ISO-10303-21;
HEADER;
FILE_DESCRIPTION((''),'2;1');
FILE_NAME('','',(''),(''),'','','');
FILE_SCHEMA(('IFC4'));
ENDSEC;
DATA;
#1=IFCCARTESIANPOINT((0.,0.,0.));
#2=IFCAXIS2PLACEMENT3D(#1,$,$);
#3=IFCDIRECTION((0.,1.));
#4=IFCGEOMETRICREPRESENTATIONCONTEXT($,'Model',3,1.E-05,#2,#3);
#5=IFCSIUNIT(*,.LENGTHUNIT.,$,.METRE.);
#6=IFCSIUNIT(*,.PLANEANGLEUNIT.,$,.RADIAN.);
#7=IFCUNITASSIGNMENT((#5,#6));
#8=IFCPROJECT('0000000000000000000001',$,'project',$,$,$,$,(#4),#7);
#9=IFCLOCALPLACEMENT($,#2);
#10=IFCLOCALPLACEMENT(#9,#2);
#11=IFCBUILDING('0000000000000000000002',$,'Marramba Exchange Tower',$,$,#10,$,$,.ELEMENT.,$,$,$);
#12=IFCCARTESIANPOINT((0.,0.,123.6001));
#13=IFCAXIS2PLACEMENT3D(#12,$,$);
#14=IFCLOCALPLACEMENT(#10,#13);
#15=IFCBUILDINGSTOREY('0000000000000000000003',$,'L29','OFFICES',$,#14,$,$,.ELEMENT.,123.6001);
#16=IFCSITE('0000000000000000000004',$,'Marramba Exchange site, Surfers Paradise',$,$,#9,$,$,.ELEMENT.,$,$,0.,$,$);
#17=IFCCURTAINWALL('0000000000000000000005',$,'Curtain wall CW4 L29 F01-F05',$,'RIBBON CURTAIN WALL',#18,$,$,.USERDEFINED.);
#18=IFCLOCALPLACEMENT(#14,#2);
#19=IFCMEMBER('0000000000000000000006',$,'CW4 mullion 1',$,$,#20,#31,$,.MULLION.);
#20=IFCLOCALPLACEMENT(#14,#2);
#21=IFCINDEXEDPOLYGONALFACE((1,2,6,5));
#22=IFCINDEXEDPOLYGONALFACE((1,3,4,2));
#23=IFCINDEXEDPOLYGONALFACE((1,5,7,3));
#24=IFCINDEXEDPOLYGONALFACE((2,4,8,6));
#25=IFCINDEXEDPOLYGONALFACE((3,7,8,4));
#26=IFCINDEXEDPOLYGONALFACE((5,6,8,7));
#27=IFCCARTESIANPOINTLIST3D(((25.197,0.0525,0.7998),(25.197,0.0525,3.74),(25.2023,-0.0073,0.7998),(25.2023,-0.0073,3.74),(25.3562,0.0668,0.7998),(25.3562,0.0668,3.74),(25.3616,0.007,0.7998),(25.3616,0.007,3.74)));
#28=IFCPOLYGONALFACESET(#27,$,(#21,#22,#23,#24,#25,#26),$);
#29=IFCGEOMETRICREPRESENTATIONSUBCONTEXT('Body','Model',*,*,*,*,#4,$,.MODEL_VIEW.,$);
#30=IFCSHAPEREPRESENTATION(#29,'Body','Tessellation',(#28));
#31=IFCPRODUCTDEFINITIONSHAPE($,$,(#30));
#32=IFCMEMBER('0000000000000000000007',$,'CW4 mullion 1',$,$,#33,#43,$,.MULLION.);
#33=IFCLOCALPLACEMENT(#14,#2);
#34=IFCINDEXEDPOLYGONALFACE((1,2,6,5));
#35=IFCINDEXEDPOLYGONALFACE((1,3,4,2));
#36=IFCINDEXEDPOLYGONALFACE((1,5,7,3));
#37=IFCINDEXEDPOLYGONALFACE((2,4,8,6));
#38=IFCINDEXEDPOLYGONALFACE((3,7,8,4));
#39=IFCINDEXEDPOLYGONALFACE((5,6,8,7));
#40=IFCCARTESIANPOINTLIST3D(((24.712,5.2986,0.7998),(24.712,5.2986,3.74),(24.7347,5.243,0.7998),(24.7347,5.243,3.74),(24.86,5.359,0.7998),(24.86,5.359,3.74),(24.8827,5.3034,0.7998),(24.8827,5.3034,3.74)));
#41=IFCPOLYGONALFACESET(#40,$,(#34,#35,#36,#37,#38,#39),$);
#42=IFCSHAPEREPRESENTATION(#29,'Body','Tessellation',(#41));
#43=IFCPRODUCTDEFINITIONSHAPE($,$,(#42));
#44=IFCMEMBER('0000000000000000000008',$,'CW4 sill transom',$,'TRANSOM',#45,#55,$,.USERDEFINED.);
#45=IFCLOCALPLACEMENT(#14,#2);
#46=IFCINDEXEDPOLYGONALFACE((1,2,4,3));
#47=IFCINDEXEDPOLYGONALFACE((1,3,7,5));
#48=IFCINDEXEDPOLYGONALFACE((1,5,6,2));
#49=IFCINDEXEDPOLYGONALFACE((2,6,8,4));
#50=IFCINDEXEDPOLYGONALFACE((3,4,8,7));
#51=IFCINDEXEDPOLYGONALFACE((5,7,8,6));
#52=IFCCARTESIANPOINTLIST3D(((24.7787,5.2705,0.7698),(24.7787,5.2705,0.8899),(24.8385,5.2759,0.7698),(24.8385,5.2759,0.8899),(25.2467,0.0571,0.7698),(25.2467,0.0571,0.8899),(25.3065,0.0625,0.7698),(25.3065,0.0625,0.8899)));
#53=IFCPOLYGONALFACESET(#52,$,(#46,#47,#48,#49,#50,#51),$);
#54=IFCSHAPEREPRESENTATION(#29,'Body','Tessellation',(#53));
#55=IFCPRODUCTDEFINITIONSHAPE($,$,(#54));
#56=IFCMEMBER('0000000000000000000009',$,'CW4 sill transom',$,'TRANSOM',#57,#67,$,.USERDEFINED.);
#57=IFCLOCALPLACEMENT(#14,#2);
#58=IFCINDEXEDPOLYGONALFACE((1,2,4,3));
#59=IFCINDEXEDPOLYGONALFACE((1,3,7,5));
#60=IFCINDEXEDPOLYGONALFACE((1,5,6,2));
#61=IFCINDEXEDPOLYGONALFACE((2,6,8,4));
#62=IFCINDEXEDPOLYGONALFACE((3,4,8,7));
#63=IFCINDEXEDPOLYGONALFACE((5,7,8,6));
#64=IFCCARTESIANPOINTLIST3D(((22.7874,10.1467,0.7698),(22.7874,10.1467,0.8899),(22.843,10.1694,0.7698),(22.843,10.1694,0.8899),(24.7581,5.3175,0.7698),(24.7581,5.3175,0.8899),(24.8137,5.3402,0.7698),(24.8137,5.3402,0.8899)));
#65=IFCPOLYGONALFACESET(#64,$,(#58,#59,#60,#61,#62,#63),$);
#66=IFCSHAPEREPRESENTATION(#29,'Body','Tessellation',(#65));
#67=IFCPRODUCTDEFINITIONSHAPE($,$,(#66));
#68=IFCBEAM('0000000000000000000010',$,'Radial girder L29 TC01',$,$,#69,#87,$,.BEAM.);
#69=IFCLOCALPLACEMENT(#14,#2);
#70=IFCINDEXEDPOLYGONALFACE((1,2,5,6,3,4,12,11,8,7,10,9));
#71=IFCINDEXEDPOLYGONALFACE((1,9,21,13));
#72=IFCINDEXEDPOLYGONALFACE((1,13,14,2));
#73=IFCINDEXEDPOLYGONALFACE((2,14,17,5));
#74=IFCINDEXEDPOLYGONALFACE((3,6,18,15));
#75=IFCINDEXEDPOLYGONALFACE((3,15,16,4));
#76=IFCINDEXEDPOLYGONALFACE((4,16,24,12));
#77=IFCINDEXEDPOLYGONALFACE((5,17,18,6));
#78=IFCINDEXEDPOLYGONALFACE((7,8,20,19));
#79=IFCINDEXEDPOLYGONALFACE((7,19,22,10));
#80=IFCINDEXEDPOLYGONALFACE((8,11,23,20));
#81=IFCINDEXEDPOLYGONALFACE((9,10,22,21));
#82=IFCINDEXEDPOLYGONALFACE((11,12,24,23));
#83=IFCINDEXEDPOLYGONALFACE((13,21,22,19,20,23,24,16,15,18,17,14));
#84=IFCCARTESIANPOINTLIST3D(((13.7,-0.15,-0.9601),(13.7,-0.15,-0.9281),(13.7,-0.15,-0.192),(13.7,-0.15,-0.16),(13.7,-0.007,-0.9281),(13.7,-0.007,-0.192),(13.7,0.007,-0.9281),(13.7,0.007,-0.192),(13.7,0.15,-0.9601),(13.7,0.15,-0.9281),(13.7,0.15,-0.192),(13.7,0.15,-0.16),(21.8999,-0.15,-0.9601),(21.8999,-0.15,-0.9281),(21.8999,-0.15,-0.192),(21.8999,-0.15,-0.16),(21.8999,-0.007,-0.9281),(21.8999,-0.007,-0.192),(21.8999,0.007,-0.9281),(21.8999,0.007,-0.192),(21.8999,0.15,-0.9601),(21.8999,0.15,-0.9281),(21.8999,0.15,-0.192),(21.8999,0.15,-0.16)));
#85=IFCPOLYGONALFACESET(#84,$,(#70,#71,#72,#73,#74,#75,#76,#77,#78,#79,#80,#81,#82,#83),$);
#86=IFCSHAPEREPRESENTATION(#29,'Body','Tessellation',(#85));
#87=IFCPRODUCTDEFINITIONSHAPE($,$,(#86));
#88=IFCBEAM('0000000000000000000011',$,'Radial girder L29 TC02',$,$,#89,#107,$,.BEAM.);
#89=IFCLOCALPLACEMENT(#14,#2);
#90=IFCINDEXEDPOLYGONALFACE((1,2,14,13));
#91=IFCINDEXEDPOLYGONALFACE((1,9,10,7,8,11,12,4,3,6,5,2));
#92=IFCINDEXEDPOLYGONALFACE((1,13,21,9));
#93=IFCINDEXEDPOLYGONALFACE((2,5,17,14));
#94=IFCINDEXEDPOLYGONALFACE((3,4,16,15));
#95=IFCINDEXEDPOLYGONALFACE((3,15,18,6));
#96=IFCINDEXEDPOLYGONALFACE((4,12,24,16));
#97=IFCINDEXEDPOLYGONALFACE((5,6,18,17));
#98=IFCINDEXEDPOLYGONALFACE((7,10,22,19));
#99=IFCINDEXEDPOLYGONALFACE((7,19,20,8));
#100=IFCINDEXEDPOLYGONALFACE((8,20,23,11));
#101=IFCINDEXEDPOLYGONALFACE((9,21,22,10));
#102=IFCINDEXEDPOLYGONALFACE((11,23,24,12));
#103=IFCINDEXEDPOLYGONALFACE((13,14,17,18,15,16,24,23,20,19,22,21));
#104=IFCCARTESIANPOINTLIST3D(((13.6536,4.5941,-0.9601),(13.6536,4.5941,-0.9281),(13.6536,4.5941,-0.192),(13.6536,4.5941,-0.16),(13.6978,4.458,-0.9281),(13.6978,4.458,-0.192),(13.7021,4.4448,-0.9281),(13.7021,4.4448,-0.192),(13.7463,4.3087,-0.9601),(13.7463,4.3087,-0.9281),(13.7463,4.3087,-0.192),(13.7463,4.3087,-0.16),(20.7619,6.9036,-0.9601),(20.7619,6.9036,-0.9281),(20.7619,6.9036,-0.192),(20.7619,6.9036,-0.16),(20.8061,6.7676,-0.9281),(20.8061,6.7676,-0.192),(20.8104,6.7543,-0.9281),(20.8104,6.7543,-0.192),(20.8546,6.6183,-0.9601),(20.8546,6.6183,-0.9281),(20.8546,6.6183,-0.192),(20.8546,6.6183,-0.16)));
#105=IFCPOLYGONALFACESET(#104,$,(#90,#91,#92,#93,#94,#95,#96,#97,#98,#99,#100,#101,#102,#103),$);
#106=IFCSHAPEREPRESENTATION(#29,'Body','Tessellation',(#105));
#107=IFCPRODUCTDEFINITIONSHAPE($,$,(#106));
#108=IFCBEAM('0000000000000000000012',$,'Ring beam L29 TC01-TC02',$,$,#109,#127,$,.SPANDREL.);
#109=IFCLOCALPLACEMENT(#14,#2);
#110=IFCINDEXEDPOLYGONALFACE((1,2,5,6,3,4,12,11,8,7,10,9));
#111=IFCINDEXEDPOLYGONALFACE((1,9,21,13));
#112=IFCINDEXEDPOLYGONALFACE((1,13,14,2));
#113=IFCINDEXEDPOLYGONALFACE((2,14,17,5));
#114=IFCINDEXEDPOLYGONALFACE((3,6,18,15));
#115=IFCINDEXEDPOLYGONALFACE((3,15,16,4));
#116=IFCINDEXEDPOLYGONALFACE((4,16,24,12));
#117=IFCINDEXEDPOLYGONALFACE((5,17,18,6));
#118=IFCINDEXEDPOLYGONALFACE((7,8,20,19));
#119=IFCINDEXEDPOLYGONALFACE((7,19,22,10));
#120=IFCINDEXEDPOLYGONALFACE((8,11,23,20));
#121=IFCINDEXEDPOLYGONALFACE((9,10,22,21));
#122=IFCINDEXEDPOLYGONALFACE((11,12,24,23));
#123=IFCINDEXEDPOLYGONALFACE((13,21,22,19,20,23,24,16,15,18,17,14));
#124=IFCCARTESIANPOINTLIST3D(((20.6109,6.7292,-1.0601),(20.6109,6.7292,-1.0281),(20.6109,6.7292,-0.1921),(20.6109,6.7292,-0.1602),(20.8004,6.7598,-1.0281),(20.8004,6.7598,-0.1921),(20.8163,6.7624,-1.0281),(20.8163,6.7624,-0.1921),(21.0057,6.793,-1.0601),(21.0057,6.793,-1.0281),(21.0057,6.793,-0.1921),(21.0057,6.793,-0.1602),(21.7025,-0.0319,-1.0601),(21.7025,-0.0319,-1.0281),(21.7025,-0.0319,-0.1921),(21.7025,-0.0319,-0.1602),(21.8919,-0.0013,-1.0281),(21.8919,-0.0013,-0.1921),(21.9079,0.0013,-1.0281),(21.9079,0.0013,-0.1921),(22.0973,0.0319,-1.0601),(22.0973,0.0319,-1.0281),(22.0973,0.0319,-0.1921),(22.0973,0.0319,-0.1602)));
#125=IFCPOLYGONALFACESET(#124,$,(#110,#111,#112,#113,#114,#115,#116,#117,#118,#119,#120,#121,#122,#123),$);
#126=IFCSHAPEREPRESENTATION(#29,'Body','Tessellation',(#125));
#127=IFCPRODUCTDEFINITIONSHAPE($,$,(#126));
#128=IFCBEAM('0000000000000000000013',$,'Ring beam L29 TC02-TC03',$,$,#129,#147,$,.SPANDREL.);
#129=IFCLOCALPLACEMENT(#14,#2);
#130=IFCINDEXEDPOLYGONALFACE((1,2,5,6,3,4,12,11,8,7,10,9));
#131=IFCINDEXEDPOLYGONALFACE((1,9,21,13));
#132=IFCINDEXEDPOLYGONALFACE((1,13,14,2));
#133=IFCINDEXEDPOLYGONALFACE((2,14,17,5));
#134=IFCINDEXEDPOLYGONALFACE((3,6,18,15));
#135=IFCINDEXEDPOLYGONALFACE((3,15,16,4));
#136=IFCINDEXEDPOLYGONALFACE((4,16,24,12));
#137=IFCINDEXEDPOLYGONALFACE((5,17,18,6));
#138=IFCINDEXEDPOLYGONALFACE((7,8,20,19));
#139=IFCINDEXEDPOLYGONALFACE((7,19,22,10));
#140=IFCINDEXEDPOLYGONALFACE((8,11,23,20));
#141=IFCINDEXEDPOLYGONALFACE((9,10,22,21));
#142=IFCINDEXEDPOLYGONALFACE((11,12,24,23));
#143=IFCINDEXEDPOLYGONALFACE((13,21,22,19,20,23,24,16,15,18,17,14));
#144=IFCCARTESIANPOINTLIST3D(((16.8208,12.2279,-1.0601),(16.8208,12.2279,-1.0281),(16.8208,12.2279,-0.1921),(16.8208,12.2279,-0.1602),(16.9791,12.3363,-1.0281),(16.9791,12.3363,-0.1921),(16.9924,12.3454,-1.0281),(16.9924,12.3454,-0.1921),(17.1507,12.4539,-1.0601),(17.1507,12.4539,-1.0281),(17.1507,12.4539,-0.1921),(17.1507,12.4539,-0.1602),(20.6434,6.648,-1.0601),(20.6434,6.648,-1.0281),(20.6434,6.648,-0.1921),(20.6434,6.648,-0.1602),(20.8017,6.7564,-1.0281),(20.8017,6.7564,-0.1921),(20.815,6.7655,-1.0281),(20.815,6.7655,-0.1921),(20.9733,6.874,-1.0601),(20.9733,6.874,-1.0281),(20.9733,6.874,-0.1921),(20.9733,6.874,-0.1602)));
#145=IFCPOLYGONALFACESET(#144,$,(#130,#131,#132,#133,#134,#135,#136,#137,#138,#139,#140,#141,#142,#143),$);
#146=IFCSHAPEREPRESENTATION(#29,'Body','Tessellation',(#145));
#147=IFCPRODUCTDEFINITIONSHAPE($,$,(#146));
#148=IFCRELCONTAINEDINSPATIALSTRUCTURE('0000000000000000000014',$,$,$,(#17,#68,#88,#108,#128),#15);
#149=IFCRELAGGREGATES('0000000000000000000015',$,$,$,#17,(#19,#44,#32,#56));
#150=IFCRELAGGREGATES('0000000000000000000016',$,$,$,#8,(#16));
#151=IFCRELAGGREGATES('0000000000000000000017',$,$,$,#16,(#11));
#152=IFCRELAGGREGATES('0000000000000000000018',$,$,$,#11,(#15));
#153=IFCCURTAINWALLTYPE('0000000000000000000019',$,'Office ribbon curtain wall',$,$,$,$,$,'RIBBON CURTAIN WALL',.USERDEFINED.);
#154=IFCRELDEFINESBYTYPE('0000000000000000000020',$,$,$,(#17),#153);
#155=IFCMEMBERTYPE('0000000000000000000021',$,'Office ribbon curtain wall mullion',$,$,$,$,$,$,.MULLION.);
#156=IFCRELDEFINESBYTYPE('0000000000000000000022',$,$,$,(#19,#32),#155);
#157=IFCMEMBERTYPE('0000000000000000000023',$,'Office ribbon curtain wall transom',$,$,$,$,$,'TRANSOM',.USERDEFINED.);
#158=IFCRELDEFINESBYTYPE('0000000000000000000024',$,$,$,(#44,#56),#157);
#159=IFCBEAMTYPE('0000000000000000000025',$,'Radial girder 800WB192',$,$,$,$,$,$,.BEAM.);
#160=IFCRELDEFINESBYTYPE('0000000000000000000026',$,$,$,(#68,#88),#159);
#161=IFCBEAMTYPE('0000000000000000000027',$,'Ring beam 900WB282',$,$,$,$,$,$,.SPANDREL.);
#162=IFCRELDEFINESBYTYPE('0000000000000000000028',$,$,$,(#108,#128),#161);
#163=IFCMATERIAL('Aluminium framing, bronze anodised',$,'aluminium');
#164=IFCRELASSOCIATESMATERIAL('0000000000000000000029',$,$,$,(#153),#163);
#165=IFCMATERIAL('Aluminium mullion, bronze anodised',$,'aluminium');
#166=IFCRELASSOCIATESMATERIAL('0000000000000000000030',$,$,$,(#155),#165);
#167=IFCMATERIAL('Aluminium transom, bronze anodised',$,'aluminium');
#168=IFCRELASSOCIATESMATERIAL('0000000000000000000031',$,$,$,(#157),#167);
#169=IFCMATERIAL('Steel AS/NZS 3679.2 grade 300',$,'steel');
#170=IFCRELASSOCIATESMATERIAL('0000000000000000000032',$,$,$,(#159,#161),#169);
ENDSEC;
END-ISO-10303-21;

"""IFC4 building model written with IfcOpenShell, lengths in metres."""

from ifc_helpers import new_model, si_unit, direction, frame, origin, origin_2d, place, context, subcontext, project, spatial, rectangle, i_section, extrude, material, material_profile, profile_set, type_object, element, aggregate, save


model = new_model("IFC4")

# Units and contexts
model_context = context("Model", 3, precision=1e-05, world=origin(), true_north=direction((0.0, 1.0)))
body_context = subcontext(model_context, "Body", "Model", "MODEL_VIEW")
ifc_project = project(units=[si_unit("LENGTHUNIT", "METRE"), si_unit("PLANEANGLEUNIT", "RADIAN")], contexts=[model_context])

# Site, building, storey
site_placement = place(None, origin())
site = spatial("IfcSite", under=ifc_project, at=site_placement, Name="Marramba Exchange site, Surfers Paradise", CompositionType="ELEMENT", RefElevation=0.0)
building_placement = place(site_placement, origin())
building = spatial("IfcBuilding", under=site, at=building_placement, Name="Marramba Exchange Tower", CompositionType="ELEMENT")
storey_placement = place(building_placement, frame((0.0, 0.0, 123.6001)))
storey = spatial("IfcBuildingStorey", under=building, at=storey_placement, Name="L29", Description="OFFICES", CompositionType="ELEMENT", Elevation=123.6001)

# Shared definitions
ifc_material_1 = material(Name="Steel AS/NZS 3679.2 grade 300", Category="steel")

# Curtain wall, members
ifc_material_2 = material(Name="Aluminium framing, bronze anodised", Category="aluminium")
curtain_wall_type = type_object("IfcCurtainWallType", Name="Office ribbon curtain wall", ElementType="RIBBON CURTAIN WALL", PredefinedType="USERDEFINED", material=ifc_material_2)
curtain_wall_placement = place(storey_placement, origin())
curtain_wall = element("IfcCurtainWall", 1, at=curtain_wall_placement, inside=storey, type_object=curtain_wall_type, Name="Curtain wall CW4 L29 F01-F05", ObjectType="RIBBON CURTAIN WALL", PredefinedType="USERDEFINED")
ifc_material_3 = material(Name="Aluminium mullion, bronze anodised", Category="aluminium")
ifc_material_profile_1 = material_profile(ifc_material_3, rectangle(XDim=0.1599, YDim=0.0601, at=origin_2d()), Name="CW4 mullion 60x160")
ifc_profile_set_1 = profile_set([ifc_material_profile_1], Name="Aluminium mullion, bronze anodised")
member_type_1 = type_object("IfcMemberType", Name="Office ribbon curtain wall mullion", PredefinedType="MULLION", material=ifc_profile_set_1)
member_1_placement = place(storey_placement, frame((25.2793, 0.0298, 0.7998), z_axis=(0.0, 0.0, 1.0), x_axis=(-0.995995, -0.089413, 0.0)))
member_1 = element("IfcMember", 2, at=member_1_placement, type_object=member_type_1, Name="CW4 mullion 1", PredefinedType="MULLION", context=body_context, shape_type="SweptSolid", body=[
    extrude(rectangle(XDim=0.1599, YDim=0.0601, at=origin_2d()), origin(), (0.0, 0.0, 1.0), 2.9402),
])
member_2_placement = place(storey_placement, frame((24.7974, 5.301, 0.7998), z_axis=(0.0, 0.0, 1.0), x_axis=(-0.925879, -0.377821, 0.0)))
member_2 = element("IfcMember", 3, at=member_2_placement, type_object=member_type_1, Name="CW4 mullion 1", PredefinedType="MULLION", context=body_context, shape_type="SweptSolid", body=[
    extrude(rectangle(XDim=0.1599, YDim=0.0601, at=origin_2d()), origin(), (0.0, 0.0, 1.0), 2.9402),
])
ifc_material_4 = material(Name="Aluminium transom, bronze anodised", Category="aluminium")
ifc_material_profile_2 = material_profile(ifc_material_4, rectangle(XDim=0.0601, YDim=0.1201, at=origin_2d()), Name="CW4 transom 60x120")
ifc_profile_set_2 = profile_set([ifc_material_profile_2], Name="Aluminium transom, bronze anodised")
member_type_2 = type_object("IfcMemberType", Name="Office ribbon curtain wall transom", ElementType="TRANSOM", PredefinedType="USERDEFINED", material=ifc_profile_set_2)
member_3_placement = place(storey_placement, frame((25.2766, 0.0598, 0.8298), z_axis=(-0.089413, 0.995995, 0.0), x_axis=(-0.995995, -0.089413, 0.0)))
member_3 = element("IfcMember", 4, at=member_3_placement, type_object=member_type_2, Name="CW4 sill transom", ObjectType="TRANSOM", PredefinedType="USERDEFINED", context=body_context, shape_type="SweptSolid", body=[
    extrude(rectangle(XDim=0.0601, YDim=0.1201, at=origin_2d()), origin(), (0.0, 0.0, 1.0), 5.2344),
])
member_4_placement = place(storey_placement, frame((24.7859, 5.3289, 0.8298), z_axis=(-0.377838, 0.925872, 0.0), x_axis=(-0.925872, -0.377838, 0.0)))
member_4 = element("IfcMember", 5, at=member_4_placement, type_object=member_type_2, Name="CW4 sill transom", ObjectType="TRANSOM", PredefinedType="USERDEFINED", context=body_context, shape_type="SweptSolid", body=[
    extrude(rectangle(XDim=0.0601, YDim=0.1201, at=origin_2d()), origin(), (0.0, 0.0, 1.0), 5.2158),
])

# Beams
ifc_material_profile_3 = material_profile(ifc_material_1, i_section(OverallWidth=0.3, OverallDepth=0.8, WebThickness=0.0139, FlangeThickness=0.032, at=origin_2d()), Name="800WB192")
ifc_profile_set_3 = profile_set([ifc_material_profile_3], Name="Steel AS/NZS 3679.2 grade 300")
beam_type_1 = type_object("IfcBeamType", Name="Radial girder 800WB192", PredefinedType="BEAM", material=ifc_profile_set_3)
beam_1_placement = place(storey_placement, frame((13.7, 0.0, -0.5601), z_axis=(1.0, 0.0, 0.0), x_axis=(0.0, 1.0, 0.0)))
element("IfcBeam", 6, at=beam_1_placement, inside=storey, type_object=beam_type_1, Name="Radial girder L29 TC01", PredefinedType="BEAM", context=body_context, shape_type="SweptSolid", body=[
    extrude(i_section(OverallWidth=0.3, OverallDepth=0.8, WebThickness=0.0139, FlangeThickness=0.032, at=origin_2d()), origin(), (0.0, 0.0, 1.0), 8.2),
])
beam_2_placement = place(storey_placement, frame((13.7, 4.4514, -0.5601), z_axis=(0.95106, 0.309006, 0.0), x_axis=(-0.309006, 0.95106, 0.0)))
element("IfcBeam", 7, at=beam_2_placement, inside=storey, type_object=beam_type_1, Name="Radial girder L29 TC02", PredefinedType="BEAM", context=body_context, shape_type="SweptSolid", body=[
    extrude(i_section(OverallWidth=0.3, OverallDepth=0.8, WebThickness=0.0139, FlangeThickness=0.032, at=origin_2d()), origin(), (0.0, 0.0, 1.0), 7.4741),
])
ifc_material_profile_4 = material_profile(ifc_material_1, i_section(OverallWidth=0.3999, OverallDepth=0.8999, WebThickness=0.0161, FlangeThickness=0.032, at=origin_2d()), Name="900WB282")
ifc_profile_set_4 = profile_set([ifc_material_profile_4], Name="Steel AS/NZS 3679.2 grade 300")
beam_type_2 = type_object("IfcBeamType", Name="Ring beam 900WB282", PredefinedType="SPANDREL", material=ifc_profile_set_4)
beam_3_placement = place(storey_placement, frame((21.8999, 0.0, -0.6101), z_axis=(-0.159385, 0.987217, 0.0), x_axis=(-0.987217, -0.159385, 0.0)))
element("IfcBeam", 8, at=beam_3_placement, inside=storey, type_object=beam_type_2, Name="Ring beam L29 TC01-TC02", PredefinedType="SPANDREL", context=body_context, shape_type="SweptSolid", body=[
    extrude(i_section(OverallWidth=0.3999, OverallDepth=0.8999, WebThickness=0.0161, FlangeThickness=0.032, at=origin_2d()), origin(), (0.0, 0.0, 1.0), 6.8486),
])
beam_4_placement = place(storey_placement, frame((20.8083, 6.761, -0.6101), z_axis=(-0.56516, 0.824981, 0.0), x_axis=(-0.824981, -0.56516, 0.0)))
element("IfcBeam", 9, at=beam_4_placement, inside=storey, type_object=beam_type_2, Name="Ring beam L29 TC02-TC03", PredefinedType="SPANDREL", context=body_context, shape_type="SweptSolid", body=[
    extrude(i_section(OverallWidth=0.3999, OverallDepth=0.8999, WebThickness=0.0161, FlangeThickness=0.032, at=origin_2d()), origin(), (0.0, 0.0, 1.0), 6.7637),
])

aggregate(curtain_wall, [member_1, member_3, member_2, member_4])

save(model, "model.ifc")
